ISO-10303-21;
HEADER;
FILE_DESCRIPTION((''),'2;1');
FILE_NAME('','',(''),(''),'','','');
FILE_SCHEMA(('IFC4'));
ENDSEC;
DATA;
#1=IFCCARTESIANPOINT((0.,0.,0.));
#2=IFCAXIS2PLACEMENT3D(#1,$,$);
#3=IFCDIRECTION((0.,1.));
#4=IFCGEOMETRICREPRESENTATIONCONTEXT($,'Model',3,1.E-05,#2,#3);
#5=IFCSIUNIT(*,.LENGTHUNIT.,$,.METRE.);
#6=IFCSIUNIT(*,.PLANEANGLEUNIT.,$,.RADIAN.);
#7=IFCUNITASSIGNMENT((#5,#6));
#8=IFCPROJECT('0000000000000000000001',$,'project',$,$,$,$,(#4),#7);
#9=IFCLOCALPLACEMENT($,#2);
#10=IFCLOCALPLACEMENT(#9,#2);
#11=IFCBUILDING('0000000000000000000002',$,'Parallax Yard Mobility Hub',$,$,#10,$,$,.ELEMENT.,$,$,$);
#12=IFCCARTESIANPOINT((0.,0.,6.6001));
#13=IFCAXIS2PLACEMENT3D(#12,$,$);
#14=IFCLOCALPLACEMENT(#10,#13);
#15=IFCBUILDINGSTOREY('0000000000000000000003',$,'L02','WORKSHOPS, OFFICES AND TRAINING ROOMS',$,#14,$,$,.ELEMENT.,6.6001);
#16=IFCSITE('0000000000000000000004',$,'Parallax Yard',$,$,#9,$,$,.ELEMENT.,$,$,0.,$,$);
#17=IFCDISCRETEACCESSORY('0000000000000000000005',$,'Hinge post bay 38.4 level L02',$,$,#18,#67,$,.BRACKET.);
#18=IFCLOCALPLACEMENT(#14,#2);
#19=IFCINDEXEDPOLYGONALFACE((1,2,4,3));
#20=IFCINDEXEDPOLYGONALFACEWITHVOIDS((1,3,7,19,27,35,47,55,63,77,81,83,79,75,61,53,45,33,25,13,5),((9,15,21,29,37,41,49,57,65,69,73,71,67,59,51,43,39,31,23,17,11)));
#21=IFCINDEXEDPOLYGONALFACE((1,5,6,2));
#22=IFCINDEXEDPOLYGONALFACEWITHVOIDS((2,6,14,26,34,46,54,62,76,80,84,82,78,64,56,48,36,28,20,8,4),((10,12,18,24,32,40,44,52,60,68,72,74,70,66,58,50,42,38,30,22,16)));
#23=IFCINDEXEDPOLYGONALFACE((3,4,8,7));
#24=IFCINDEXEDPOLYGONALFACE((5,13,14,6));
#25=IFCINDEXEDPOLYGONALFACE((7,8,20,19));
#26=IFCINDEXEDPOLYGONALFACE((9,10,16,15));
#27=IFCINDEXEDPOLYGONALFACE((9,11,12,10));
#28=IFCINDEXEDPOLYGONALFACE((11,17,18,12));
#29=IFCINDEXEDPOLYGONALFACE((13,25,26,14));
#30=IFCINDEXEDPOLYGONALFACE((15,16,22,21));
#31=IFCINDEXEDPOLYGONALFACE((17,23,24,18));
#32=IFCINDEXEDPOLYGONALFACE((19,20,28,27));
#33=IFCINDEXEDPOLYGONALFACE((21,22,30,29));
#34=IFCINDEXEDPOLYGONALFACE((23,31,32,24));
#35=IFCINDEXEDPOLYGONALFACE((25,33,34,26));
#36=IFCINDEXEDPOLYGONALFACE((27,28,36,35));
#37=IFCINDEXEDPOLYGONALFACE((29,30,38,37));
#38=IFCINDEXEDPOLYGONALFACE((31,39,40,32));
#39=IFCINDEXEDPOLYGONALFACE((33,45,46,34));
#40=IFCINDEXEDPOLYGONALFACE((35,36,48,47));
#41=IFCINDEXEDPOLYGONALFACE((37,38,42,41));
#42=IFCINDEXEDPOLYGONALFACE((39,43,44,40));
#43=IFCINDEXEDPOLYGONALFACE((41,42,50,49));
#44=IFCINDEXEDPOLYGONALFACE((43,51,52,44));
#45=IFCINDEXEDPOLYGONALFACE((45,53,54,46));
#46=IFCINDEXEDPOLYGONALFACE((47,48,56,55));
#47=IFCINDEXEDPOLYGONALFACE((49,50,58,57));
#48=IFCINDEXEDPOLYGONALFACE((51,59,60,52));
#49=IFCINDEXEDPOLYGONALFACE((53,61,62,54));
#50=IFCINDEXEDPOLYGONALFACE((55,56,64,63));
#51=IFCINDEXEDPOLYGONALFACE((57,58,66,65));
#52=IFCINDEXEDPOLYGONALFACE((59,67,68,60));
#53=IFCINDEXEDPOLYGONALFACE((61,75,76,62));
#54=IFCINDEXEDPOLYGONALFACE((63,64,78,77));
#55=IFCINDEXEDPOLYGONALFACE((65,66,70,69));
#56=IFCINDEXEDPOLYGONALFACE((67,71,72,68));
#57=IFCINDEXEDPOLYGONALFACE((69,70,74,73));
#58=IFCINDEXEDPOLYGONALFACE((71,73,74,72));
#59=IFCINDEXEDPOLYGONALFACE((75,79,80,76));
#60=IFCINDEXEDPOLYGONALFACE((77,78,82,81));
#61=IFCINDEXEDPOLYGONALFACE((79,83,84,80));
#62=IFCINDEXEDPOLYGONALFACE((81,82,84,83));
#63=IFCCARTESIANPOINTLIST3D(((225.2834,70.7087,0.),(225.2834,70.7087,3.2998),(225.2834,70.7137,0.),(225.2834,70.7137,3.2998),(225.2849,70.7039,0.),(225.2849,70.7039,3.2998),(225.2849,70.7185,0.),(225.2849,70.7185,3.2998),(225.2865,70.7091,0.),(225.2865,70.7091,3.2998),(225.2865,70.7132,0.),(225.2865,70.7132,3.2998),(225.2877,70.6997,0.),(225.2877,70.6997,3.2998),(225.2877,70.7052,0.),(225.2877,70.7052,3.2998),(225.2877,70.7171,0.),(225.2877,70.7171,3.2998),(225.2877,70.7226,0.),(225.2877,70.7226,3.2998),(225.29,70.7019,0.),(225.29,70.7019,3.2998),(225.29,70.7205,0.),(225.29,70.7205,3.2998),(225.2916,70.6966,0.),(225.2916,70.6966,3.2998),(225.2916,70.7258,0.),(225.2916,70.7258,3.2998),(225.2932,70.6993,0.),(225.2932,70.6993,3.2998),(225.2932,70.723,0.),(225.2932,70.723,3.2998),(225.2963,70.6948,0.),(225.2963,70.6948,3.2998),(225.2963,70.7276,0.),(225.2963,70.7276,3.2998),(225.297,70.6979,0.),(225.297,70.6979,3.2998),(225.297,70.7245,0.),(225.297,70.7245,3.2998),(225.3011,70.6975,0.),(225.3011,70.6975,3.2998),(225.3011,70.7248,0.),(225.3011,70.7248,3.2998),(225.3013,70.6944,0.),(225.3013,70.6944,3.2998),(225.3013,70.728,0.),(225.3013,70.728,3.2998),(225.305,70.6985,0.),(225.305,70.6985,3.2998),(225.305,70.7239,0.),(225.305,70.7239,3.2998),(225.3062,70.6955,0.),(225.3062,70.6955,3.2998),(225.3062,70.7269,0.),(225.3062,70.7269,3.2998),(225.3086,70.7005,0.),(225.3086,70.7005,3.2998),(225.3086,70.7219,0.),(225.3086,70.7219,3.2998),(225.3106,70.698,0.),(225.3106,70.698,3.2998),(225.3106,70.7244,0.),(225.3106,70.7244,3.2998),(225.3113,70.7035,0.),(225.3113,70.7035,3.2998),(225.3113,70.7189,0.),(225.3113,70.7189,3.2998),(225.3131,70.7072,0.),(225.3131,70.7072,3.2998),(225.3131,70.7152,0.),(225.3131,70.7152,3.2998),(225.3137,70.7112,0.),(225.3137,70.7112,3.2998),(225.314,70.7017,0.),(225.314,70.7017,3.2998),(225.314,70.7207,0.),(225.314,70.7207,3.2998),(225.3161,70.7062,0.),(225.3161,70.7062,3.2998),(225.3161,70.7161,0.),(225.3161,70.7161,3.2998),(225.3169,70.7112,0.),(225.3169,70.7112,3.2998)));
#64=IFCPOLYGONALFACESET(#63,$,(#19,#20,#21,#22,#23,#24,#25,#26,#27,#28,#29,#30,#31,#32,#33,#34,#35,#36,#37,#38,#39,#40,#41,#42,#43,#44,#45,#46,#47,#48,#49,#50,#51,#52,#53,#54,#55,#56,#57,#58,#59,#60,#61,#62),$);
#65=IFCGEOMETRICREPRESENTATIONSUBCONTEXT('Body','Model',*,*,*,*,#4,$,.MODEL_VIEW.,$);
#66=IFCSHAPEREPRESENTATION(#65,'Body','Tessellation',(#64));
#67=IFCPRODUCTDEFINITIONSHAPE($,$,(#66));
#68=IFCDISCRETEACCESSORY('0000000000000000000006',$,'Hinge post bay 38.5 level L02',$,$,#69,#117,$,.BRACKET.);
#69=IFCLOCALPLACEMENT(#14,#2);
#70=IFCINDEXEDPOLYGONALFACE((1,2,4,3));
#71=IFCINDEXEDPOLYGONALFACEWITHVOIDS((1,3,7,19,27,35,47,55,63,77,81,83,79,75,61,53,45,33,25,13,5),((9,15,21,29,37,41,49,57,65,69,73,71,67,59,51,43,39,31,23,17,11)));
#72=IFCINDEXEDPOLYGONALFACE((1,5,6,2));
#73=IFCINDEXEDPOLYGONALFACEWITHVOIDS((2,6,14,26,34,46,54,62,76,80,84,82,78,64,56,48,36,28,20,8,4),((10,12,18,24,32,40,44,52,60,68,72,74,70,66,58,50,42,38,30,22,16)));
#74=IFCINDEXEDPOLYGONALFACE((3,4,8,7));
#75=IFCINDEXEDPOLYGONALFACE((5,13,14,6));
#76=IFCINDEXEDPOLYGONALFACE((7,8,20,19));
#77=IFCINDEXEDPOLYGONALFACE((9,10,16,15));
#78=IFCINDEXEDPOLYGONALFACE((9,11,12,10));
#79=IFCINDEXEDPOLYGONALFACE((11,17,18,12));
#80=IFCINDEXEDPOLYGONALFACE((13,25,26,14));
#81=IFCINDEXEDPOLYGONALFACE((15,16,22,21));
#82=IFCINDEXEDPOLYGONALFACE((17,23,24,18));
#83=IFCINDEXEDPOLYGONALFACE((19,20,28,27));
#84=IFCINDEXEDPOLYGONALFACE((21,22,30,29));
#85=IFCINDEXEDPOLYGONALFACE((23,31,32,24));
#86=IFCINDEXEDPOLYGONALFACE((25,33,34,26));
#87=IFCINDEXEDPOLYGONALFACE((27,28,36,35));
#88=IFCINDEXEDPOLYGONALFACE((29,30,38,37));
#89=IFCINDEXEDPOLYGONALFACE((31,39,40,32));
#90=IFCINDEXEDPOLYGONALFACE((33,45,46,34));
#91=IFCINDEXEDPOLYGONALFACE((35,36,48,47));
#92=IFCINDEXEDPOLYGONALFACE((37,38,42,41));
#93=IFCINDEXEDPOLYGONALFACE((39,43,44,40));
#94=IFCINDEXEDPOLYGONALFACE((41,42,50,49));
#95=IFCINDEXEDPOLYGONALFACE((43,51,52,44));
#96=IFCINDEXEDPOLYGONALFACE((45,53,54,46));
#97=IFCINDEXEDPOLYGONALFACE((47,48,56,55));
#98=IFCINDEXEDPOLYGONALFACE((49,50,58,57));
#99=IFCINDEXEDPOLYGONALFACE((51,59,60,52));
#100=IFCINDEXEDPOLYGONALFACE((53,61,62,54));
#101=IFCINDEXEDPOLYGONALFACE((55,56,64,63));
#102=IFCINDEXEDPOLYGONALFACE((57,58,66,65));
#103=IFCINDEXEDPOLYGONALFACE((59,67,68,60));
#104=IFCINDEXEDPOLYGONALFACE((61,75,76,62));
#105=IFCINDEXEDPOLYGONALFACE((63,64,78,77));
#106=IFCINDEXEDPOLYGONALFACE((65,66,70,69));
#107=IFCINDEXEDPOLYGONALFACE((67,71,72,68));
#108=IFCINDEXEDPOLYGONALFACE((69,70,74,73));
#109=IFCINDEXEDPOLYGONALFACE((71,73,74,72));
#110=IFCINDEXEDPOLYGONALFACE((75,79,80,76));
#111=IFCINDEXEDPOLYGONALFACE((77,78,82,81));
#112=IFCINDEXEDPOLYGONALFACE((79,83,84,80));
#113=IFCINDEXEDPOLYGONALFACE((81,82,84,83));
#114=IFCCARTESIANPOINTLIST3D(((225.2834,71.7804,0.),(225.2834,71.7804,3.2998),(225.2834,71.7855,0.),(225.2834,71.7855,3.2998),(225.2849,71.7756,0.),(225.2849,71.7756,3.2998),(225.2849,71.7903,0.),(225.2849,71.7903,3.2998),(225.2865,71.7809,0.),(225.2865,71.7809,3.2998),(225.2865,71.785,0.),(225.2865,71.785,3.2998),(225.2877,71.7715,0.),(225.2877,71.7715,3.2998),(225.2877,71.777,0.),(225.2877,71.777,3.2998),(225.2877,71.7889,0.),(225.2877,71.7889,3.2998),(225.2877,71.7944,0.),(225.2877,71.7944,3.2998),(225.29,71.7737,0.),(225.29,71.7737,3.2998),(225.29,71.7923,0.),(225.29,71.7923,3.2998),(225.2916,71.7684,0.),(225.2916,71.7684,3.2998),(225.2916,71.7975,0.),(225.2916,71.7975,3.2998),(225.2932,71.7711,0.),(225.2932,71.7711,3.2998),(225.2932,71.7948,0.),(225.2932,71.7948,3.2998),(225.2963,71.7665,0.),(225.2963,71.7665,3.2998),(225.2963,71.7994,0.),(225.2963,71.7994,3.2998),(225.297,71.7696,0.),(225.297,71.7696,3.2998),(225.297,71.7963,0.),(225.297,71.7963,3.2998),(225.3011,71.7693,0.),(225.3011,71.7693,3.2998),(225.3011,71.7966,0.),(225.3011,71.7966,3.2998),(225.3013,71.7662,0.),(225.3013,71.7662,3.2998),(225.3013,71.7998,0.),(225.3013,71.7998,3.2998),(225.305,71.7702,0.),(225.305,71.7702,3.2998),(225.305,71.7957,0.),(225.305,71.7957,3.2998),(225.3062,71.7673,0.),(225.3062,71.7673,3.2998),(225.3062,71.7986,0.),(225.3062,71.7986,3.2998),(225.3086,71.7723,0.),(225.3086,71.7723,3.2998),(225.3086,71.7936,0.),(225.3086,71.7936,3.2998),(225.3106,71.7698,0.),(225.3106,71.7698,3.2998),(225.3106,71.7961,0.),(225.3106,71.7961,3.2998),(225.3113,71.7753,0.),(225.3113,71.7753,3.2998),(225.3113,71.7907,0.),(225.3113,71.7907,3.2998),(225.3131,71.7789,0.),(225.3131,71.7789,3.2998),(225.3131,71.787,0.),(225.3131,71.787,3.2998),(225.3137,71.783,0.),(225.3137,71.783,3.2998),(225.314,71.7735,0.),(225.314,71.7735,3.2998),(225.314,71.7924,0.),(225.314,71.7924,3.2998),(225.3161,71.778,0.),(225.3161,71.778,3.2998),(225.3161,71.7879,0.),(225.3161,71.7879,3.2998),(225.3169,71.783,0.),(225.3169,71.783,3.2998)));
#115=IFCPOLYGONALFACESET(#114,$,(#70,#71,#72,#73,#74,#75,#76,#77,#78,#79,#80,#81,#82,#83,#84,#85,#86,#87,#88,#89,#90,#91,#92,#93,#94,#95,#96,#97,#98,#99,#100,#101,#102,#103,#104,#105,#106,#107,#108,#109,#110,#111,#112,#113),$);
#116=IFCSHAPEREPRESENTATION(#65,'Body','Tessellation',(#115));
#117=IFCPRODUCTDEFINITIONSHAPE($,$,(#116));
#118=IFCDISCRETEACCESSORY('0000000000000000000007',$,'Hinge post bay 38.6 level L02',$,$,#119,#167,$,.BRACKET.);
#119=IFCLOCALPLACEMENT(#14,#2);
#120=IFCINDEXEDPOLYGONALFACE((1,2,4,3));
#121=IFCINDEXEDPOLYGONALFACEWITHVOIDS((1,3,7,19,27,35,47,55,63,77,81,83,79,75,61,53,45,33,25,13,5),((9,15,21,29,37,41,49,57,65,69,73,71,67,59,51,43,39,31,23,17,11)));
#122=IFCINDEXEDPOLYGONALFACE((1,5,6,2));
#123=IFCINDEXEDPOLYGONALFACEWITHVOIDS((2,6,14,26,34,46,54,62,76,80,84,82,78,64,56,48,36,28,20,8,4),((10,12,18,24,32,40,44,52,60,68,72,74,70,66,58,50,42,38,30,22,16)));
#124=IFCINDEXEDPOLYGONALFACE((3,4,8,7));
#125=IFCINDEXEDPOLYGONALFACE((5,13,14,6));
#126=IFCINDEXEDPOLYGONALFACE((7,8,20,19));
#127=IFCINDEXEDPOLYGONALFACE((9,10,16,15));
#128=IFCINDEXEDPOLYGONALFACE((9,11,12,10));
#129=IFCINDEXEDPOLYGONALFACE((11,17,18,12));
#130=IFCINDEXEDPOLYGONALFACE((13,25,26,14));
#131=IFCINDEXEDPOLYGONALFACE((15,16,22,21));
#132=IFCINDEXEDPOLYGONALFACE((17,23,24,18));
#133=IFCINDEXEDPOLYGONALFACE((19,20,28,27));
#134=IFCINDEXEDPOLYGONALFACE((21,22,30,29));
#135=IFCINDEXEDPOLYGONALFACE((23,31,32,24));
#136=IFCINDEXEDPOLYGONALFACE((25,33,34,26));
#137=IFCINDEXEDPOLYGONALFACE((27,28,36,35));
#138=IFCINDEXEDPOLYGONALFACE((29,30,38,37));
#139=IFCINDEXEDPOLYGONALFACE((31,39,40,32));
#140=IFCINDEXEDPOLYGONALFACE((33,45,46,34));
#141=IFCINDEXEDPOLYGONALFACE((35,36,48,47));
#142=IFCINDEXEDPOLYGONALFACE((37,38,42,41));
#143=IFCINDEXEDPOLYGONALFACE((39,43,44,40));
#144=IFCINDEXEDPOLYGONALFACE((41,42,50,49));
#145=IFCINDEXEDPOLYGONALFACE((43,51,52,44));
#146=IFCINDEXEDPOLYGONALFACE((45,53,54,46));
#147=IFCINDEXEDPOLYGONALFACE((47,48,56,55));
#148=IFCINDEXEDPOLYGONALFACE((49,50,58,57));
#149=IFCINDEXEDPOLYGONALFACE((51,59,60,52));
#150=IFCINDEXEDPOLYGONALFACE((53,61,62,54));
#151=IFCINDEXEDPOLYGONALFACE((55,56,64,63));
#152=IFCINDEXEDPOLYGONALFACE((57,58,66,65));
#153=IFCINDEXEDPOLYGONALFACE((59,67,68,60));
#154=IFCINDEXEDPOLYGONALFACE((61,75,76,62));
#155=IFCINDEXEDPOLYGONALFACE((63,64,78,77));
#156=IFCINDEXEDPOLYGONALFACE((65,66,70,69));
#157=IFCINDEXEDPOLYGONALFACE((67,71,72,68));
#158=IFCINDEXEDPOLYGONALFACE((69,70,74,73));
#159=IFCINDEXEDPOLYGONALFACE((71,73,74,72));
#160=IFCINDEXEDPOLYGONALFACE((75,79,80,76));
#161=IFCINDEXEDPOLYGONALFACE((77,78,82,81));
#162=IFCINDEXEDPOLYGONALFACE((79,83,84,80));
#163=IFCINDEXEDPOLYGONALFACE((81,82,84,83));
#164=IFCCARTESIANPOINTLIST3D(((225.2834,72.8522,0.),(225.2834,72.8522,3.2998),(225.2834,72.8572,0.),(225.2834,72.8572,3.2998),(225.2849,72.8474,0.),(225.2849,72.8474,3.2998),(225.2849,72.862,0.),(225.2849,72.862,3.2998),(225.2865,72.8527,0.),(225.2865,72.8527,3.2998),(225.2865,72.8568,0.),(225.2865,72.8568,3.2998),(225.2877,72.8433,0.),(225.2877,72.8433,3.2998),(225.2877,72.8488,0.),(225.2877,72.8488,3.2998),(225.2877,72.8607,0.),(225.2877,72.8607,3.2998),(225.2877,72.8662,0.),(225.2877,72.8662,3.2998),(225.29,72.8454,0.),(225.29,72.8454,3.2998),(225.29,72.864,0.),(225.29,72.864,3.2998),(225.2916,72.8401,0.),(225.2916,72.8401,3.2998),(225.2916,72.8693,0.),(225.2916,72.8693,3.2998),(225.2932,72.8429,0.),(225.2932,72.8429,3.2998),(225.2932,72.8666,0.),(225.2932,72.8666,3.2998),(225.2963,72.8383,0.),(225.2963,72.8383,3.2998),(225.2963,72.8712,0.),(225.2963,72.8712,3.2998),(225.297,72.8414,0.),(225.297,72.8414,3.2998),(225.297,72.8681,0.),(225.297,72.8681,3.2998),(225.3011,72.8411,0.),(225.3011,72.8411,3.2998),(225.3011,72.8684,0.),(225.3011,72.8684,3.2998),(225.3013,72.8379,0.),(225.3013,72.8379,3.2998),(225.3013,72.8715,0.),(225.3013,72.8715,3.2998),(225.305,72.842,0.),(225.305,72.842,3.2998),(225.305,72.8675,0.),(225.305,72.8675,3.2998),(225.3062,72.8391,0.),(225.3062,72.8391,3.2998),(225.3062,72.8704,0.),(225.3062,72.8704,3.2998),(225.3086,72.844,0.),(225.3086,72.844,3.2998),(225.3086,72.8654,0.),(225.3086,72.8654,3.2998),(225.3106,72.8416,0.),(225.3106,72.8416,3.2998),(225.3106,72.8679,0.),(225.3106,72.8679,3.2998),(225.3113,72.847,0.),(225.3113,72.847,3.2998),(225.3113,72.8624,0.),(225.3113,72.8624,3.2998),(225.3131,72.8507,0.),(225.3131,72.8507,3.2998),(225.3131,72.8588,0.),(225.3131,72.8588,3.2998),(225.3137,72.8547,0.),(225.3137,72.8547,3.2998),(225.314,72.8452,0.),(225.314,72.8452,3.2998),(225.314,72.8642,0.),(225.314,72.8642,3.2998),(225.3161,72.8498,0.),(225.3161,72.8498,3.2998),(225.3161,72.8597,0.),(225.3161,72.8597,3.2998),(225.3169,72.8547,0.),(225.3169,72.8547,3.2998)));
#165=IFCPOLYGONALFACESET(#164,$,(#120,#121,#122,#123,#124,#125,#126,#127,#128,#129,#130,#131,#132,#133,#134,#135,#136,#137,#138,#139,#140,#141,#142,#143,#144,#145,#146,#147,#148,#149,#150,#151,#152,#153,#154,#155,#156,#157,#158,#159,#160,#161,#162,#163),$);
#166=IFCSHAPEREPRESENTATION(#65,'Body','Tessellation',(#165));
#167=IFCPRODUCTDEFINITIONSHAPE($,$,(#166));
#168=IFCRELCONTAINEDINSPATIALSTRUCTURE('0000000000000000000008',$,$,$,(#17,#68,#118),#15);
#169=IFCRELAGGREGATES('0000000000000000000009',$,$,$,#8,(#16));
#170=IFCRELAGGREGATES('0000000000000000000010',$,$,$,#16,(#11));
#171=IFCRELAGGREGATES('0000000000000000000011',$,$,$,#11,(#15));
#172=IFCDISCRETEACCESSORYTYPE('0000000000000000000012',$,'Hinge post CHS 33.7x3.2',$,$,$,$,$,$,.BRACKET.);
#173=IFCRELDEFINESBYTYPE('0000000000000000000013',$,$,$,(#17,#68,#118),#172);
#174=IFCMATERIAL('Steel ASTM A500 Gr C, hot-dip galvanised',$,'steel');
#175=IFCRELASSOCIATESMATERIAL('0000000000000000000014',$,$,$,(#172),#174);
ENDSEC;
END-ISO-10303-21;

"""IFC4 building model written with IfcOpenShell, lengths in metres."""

from ifc_helpers import new_model, si_unit, direction, frame, origin, origin_2d, place, context, subcontext, project, spatial, hollow_circle, extrude, material, material_profile, profile_set, type_object, element, save


model = new_model("IFC4")

# Units and contexts
model_context = context("Model", 3, precision=1e-05, world=origin(), true_north=direction((0.0, 1.0)))
body_context = subcontext(model_context, "Body", "Model", "MODEL_VIEW")
ifc_project = project(units=[si_unit("LENGTHUNIT", "METRE"), si_unit("PLANEANGLEUNIT", "RADIAN")], contexts=[model_context])

# Site, building, storey
site_placement = place(None, origin())
site = spatial("IfcSite", under=ifc_project, at=site_placement, Name="Parallax Yard", CompositionType="ELEMENT", RefElevation=0.0)
building_placement = place(site_placement, origin())
building = spatial("IfcBuilding", under=site, at=building_placement, Name="Parallax Yard Mobility Hub", CompositionType="ELEMENT")
storey_placement = place(building_placement, frame((0.0, 0.0, 6.6001)))
storey = spatial("IfcBuildingStorey", under=building, at=storey_placement, Name="L02", Description="WORKSHOPS, OFFICES AND TRAINING ROOMS", CompositionType="ELEMENT", Elevation=6.6001)

# Discrete accessories
ifc_material_1 = material(Name="Steel ASTM A500 Gr C, hot-dip galvanised", Category="steel")
ifc_material_profile_1 = material_profile(ifc_material_1, hollow_circle(Radius=0.0168, WallThickness=0.0032, at=origin_2d()), Name="CHS 33.7x3.2")
ifc_profile_set_1 = profile_set([ifc_material_profile_1], Name="Steel ASTM A500 Gr C, hot-dip galvanised")
discrete_accessory_type_1 = type_object("IfcDiscreteAccessoryType", Name="Hinge post CHS 33.7x3.2", PredefinedType="BRACKET", material=ifc_profile_set_1)
for number, where, z_axis, x_axis, name in (
    (1, (225.3, 70.7112, 0.0), (0.0, 0.0, 1.0), (1.0, 0.0, 0.0), "Hinge post bay 38.4 level L02"),
    (2, (225.3, 71.783, 0.0), (0.0, 0.0, 1.0), (1.0, 0.0, 0.0), "Hinge post bay 38.5 level L02"),
    (3, (225.3, 72.8547, 0.0), (0.0, 0.0, 1.0), (1.0, 0.0, 0.0), "Hinge post bay 38.6 level L02"),
):
    element("IfcDiscreteAccessory", number, at=place(storey_placement, frame(where, z_axis=z_axis, x_axis=x_axis)), inside=storey, type_object=discrete_accessory_type_1, Name=name, PredefinedType="BRACKET", context=body_context, shape_type="SweptSolid", body=[
        extrude(hollow_circle(Radius=0.0168, WallThickness=0.0032, at=origin_2d()), origin(), (0.0, 0.0, 1.0), 3.2998),
    ])

save(model, "model.ifc")
